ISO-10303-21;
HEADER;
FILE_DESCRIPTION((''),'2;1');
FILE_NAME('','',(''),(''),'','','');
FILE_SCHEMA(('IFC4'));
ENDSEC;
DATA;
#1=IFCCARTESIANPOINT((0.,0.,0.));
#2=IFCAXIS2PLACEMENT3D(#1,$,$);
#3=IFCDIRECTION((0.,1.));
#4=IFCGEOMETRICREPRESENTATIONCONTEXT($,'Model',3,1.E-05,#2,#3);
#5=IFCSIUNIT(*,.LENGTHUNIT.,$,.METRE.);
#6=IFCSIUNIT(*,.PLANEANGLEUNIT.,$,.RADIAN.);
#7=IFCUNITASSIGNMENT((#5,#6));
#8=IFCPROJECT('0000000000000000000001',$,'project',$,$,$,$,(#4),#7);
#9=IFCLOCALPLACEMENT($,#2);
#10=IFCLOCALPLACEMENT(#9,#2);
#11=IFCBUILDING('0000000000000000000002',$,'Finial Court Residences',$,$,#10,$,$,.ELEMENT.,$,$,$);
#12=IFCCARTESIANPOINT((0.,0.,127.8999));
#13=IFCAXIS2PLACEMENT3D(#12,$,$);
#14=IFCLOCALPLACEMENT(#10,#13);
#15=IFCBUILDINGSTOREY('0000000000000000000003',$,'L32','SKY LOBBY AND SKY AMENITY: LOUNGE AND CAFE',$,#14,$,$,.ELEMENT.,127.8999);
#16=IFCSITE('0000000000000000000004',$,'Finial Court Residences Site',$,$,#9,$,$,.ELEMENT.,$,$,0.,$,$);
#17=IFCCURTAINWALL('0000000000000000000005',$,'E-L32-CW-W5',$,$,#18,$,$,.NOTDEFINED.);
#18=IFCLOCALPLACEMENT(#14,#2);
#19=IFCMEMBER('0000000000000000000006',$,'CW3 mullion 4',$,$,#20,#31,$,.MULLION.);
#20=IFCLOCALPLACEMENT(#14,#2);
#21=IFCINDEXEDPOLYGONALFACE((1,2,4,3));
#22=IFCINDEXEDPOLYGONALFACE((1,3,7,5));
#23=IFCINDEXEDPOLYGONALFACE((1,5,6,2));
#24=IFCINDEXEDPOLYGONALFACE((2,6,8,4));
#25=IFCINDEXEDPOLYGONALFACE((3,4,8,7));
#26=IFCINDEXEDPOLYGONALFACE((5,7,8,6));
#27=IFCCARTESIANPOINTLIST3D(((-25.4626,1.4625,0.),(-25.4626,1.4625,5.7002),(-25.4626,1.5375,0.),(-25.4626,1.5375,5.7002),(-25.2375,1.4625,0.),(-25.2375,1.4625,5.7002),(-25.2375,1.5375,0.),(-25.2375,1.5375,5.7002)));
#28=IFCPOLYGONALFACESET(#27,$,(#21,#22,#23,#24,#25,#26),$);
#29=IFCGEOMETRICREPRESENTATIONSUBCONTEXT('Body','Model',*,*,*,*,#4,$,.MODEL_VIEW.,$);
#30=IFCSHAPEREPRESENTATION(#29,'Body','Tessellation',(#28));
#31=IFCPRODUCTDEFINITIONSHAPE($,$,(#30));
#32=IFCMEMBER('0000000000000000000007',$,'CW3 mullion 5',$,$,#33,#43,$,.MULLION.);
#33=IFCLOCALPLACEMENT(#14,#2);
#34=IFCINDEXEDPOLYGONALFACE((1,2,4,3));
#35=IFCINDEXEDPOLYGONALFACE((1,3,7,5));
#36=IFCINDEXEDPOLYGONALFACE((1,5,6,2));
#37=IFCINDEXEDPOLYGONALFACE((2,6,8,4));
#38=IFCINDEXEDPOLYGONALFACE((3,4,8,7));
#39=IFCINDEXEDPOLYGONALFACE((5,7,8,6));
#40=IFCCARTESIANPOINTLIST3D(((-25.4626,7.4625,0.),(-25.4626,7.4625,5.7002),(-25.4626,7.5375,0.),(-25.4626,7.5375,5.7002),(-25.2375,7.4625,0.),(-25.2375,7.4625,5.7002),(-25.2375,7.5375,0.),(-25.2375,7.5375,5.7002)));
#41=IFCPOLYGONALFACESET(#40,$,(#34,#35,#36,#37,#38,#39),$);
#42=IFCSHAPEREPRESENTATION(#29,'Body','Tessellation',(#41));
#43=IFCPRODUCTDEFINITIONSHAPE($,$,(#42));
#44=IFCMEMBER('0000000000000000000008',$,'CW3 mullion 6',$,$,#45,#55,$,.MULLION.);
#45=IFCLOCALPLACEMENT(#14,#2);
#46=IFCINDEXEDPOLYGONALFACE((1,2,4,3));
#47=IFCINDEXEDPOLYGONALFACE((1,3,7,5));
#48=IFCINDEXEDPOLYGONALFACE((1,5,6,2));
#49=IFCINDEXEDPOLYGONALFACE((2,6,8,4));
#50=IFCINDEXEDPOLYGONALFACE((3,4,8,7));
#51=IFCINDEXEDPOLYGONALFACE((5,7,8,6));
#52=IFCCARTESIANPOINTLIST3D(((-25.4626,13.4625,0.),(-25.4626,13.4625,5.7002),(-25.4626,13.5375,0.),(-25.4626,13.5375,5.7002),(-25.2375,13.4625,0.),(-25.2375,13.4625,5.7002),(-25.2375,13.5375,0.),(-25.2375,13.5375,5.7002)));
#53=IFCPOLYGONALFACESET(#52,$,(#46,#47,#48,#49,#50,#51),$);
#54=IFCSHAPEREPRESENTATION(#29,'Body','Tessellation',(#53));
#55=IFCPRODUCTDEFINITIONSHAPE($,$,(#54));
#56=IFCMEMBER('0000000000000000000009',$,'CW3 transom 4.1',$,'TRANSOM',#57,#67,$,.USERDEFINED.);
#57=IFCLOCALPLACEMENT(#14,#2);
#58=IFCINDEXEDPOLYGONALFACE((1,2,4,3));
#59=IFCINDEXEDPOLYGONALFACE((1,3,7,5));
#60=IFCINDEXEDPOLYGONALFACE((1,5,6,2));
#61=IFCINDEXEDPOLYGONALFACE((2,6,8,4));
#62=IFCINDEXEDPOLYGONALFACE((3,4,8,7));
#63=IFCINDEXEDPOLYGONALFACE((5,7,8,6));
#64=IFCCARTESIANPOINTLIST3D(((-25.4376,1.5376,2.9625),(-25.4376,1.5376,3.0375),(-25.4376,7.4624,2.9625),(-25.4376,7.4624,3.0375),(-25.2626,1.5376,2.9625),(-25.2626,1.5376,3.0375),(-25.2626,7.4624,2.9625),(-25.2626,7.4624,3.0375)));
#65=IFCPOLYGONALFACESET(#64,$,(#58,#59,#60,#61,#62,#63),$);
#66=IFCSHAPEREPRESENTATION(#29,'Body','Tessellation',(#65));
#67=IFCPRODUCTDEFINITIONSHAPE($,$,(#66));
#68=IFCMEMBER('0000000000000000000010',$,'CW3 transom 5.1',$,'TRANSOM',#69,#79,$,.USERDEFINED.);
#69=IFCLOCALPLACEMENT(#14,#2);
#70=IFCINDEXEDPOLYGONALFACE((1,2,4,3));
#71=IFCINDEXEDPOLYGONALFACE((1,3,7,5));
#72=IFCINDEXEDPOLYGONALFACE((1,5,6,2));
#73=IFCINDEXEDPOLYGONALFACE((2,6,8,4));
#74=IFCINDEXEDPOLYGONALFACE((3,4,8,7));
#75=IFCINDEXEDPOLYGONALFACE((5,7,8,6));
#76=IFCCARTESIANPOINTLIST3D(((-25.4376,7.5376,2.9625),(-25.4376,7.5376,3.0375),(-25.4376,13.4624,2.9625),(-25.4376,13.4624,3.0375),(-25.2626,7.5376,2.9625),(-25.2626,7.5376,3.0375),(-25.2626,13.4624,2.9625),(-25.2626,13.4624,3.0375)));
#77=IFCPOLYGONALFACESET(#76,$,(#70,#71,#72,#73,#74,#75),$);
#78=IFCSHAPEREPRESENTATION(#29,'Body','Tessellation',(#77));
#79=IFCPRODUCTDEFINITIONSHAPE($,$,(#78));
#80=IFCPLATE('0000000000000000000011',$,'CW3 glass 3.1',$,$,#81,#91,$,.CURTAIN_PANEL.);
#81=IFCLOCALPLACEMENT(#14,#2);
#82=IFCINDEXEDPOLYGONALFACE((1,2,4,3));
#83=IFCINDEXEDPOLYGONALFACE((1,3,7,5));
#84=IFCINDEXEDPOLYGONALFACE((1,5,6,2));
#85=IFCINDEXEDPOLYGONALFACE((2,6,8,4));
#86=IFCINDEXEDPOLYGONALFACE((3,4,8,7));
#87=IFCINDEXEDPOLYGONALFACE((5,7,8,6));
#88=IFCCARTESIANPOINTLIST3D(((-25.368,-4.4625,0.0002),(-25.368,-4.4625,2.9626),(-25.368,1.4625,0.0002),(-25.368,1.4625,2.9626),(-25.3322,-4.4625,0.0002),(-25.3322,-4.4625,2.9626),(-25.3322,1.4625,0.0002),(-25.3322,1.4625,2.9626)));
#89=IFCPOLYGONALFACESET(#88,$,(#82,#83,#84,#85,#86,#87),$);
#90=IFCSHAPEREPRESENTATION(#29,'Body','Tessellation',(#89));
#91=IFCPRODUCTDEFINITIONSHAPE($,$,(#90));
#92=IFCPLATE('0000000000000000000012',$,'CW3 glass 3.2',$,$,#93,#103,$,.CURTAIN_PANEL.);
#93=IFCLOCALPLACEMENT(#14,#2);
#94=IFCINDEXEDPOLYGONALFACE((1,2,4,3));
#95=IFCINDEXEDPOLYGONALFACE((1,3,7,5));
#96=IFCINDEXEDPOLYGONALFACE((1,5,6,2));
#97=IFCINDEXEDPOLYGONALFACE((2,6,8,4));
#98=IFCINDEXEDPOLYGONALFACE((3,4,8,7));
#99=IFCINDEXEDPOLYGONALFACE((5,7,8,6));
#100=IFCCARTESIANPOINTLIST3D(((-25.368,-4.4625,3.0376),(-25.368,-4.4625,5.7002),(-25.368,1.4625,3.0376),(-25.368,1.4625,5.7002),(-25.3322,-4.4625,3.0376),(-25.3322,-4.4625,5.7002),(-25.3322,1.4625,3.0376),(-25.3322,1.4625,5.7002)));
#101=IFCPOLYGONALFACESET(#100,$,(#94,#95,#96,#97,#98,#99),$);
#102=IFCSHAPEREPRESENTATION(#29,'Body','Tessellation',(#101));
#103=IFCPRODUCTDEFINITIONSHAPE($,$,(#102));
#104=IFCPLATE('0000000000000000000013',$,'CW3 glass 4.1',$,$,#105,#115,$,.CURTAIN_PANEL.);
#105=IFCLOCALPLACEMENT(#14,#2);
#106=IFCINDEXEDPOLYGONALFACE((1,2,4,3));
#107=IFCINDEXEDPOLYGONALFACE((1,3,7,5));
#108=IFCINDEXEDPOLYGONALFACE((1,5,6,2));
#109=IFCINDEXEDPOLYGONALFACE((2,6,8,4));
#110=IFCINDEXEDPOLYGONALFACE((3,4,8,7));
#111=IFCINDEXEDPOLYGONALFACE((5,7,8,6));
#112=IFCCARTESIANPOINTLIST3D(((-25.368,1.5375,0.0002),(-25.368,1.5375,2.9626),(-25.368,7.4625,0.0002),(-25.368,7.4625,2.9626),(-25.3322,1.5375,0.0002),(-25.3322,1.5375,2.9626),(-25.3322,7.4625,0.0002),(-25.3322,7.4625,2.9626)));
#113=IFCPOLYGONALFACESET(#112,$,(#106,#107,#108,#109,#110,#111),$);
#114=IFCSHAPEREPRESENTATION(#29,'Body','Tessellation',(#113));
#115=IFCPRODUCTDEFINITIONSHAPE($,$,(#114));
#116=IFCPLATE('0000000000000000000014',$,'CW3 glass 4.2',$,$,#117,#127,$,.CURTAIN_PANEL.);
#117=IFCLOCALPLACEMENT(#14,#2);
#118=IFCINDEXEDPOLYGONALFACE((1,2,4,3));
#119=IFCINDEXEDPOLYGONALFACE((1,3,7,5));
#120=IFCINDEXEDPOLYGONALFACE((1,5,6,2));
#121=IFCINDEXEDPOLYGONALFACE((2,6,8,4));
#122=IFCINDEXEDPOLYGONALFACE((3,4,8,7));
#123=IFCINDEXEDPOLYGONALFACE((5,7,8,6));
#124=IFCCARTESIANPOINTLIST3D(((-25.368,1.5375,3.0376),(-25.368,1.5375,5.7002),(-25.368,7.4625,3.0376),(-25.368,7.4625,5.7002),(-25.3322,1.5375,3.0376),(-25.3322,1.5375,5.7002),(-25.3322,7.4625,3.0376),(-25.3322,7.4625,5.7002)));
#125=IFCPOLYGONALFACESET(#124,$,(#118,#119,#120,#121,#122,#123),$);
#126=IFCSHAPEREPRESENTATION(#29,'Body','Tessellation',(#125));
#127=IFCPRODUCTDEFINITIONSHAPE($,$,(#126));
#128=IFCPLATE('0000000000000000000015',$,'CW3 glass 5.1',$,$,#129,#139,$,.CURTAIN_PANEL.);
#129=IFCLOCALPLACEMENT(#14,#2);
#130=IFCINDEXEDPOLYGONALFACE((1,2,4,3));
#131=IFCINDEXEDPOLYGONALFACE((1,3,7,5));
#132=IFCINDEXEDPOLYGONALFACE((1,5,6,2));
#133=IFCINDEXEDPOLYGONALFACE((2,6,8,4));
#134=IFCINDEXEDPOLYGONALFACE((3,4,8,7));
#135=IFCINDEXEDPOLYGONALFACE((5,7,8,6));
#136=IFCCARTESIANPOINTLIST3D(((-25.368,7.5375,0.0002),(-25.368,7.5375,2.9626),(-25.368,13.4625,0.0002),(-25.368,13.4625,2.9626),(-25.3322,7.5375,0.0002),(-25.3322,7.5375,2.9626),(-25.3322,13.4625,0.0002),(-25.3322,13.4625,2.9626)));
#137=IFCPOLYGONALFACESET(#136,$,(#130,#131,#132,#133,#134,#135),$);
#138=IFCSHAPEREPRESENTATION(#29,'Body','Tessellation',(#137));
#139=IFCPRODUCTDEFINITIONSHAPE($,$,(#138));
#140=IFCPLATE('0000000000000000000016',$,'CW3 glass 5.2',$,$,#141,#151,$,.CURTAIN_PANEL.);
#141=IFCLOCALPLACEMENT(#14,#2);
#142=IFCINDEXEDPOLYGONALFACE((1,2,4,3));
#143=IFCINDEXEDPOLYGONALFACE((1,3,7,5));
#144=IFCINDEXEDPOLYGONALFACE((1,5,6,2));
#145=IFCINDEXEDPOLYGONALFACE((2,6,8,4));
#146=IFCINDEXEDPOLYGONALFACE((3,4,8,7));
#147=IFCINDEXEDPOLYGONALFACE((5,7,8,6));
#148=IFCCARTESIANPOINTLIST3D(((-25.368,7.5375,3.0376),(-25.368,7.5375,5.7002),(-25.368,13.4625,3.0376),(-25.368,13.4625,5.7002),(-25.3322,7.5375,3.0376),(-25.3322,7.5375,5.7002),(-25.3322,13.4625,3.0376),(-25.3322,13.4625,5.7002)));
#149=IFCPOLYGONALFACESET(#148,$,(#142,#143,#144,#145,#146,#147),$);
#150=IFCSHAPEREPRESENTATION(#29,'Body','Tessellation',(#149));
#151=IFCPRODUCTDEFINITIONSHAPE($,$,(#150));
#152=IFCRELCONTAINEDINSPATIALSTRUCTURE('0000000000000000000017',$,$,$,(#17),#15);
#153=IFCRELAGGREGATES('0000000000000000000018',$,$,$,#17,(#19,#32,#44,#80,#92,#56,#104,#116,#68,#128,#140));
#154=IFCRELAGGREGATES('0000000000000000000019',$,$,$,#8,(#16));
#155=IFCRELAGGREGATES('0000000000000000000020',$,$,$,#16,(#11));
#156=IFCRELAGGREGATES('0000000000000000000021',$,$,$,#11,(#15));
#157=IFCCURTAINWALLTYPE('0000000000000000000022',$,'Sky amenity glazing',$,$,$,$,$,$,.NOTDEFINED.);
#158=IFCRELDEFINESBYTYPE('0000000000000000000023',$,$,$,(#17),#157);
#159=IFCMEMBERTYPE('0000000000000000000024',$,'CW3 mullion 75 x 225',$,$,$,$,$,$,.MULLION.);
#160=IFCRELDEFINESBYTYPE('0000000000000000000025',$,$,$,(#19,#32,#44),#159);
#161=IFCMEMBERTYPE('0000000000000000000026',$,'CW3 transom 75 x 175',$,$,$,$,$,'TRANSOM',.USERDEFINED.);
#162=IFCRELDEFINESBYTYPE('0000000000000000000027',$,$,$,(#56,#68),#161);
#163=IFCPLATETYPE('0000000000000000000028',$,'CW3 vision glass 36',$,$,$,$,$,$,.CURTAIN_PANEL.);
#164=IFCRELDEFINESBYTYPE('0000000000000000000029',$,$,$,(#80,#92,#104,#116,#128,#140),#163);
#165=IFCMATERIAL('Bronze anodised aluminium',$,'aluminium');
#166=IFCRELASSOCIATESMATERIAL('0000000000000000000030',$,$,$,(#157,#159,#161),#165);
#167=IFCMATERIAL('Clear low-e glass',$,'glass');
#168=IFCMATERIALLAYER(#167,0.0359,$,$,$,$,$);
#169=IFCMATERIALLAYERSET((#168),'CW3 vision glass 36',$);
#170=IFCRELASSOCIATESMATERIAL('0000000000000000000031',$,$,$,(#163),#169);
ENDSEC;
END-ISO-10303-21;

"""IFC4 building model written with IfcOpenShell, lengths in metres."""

from ifc_helpers import new_model, si_unit, direction, frame, origin, origin_2d, place, context, subcontext, project, spatial, rectangle, extrude, material, layer, layer_set, material_profile, profile_set, type_object, element, aggregate, save


model = new_model("IFC4")

# Units and contexts
model_context = context("Model", 3, precision=1e-05, world=origin(), true_north=direction((0.0, 1.0)))
body_context = subcontext(model_context, "Body", "Model", "MODEL_VIEW")
ifc_project = project(units=[si_unit("LENGTHUNIT", "METRE"), si_unit("PLANEANGLEUNIT", "RADIAN")], contexts=[model_context])

# Site, building, storey
site_placement = place(None, origin())
site = spatial("IfcSite", under=ifc_project, at=site_placement, Name="Finial Court Residences Site", CompositionType="ELEMENT", RefElevation=0.0)
building_placement = place(site_placement, origin())
building = spatial("IfcBuilding", under=site, at=building_placement, Name="Finial Court Residences", CompositionType="ELEMENT")
storey_placement = place(building_placement, frame((0.0, 0.0, 127.8999)))
storey = spatial("IfcBuildingStorey", under=building, at=storey_placement, Name="L32", Description="SKY LOBBY AND SKY AMENITY: LOUNGE AND CAFE", CompositionType="ELEMENT", Elevation=127.8999)

# Curtain wall, members, plates
ifc_material_1 = material(Name="Bronze anodised aluminium", Category="aluminium")
curtain_wall_type = type_object("IfcCurtainWallType", Name="Sky amenity glazing", PredefinedType="NOTDEFINED", material=ifc_material_1)
curtain_wall_placement = place(storey_placement, origin())
curtain_wall = element("IfcCurtainWall", 1, at=curtain_wall_placement, inside=storey, type_object=curtain_wall_type, Name="E-L32-CW-W5", PredefinedType="NOTDEFINED")
ifc_material_profile_1 = material_profile(ifc_material_1, rectangle(XDim=0.2251, YDim=0.075, at=origin_2d()), Name="CW3 mullion 75 x 225")
ifc_profile_set_1 = profile_set([ifc_material_profile_1], Name="Bronze anodised aluminium")
member_type_1 = type_object("IfcMemberType", Name="CW3 mullion 75 x 225", PredefinedType="MULLION", material=ifc_profile_set_1)
member_1_placement = place(storey_placement, frame((-25.3501, 1.5, 0.0), z_axis=(0.0, 0.0, 1.0), x_axis=(-1.0, 0.0, 0.0)))
member_1 = element("IfcMember", 2, at=member_1_placement, type_object=member_type_1, Name="CW3 mullion 4", PredefinedType="MULLION", context=body_context, shape_type="SweptSolid", body=[
    extrude(rectangle(XDim=0.2251, YDim=0.075, at=origin_2d()), origin(), (0.0, 0.0, 1.0), 5.7002),
])
member_2_placement = place(storey_placement, frame((-25.3501, 7.5, 0.0), z_axis=(0.0, 0.0, 1.0), x_axis=(-1.0, 0.0, 0.0)))
member_2 = element("IfcMember", 3, at=member_2_placement, type_object=member_type_1, Name="CW3 mullion 5", PredefinedType="MULLION", context=body_context, shape_type="SweptSolid", body=[
    extrude(rectangle(XDim=0.2251, YDim=0.075, at=origin_2d()), origin(), (0.0, 0.0, 1.0), 5.7002),
])
member_3_placement = place(storey_placement, frame((-25.3501, 13.5, 0.0), z_axis=(0.0, 0.0, 1.0), x_axis=(-1.0, 0.0, 0.0)))
member_3 = element("IfcMember", 4, at=member_3_placement, type_object=member_type_1, Name="CW3 mullion 6", PredefinedType="MULLION", context=body_context, shape_type="SweptSolid", body=[
    extrude(rectangle(XDim=0.2251, YDim=0.075, at=origin_2d()), origin(), (0.0, 0.0, 1.0), 5.7002),
])
ifc_material_profile_2 = material_profile(ifc_material_1, rectangle(XDim=0.175, YDim=0.075, at=origin_2d()), Name="CW3 transom 75 x 175")
ifc_profile_set_2 = profile_set([ifc_material_profile_2], Name="Bronze anodised aluminium")
member_type_2 = type_object("IfcMemberType", Name="CW3 transom 75 x 175", ElementType="TRANSOM", PredefinedType="USERDEFINED", material=ifc_profile_set_2)
member_4_placement = place(storey_placement, frame((-25.3501, 1.5376, 3.0), z_axis=(0.0, 1.0, 0.0), x_axis=(-1.0, 0.0, 0.0)))
member_4 = element("IfcMember", 5, at=member_4_placement, type_object=member_type_2, Name="CW3 transom 4.1", ObjectType="TRANSOM", PredefinedType="USERDEFINED", context=body_context, shape_type="SweptSolid", body=[
    extrude(rectangle(XDim=0.175, YDim=0.075, at=origin_2d()), origin(), (0.0, 0.0, 1.0), 5.9248),
])
member_5_placement = place(storey_placement, frame((-25.3501, 7.5376, 3.0), z_axis=(0.0, 1.0, 0.0), x_axis=(-1.0, 0.0, 0.0)))
member_5 = element("IfcMember", 6, at=member_5_placement, type_object=member_type_2, Name="CW3 transom 5.1", ObjectType="TRANSOM", PredefinedType="USERDEFINED", context=body_context, shape_type="SweptSolid", body=[
    extrude(rectangle(XDim=0.175, YDim=0.075, at=origin_2d()), origin(), (0.0, 0.0, 1.0), 5.9248),
])
ifc_material_2 = material(Name="Clear low-e glass", Category="glass")
ifc_layer_1 = layer(ifc_material_2, 0.0359)
ifc_layer_set_1 = layer_set([ifc_layer_1], Name="CW3 vision glass 36")
plate_type = type_object("IfcPlateType", Name="CW3 vision glass 36", PredefinedType="CURTAIN_PANEL", material=ifc_layer_set_1)
plate_1_placement = place(storey_placement, frame((-25.3501, -1.5, 0.0002), z_axis=(0.0, 0.0, 1.0), x_axis=(0.0, 1.0, 0.0)))
plate_1 = element("IfcPlate", 7, at=plate_1_placement, type_object=plate_type, Name="CW3 glass 3.1", PredefinedType="CURTAIN_PANEL", context=body_context, shape_type="SweptSolid", body=[
    extrude(rectangle(XDim=5.925, YDim=0.0359, at=origin_2d()), origin(), (0.0, 0.0, 1.0), 2.9624),
])
plate_2_placement = place(storey_placement, frame((-25.3501, -1.5, 3.0376), z_axis=(0.0, 0.0, 1.0), x_axis=(0.0, 1.0, 0.0)))
plate_2 = element("IfcPlate", 8, at=plate_2_placement, type_object=plate_type, Name="CW3 glass 3.2", PredefinedType="CURTAIN_PANEL", context=body_context, shape_type="SweptSolid", body=[
    extrude(rectangle(XDim=5.925, YDim=0.0359, at=origin_2d()), origin(), (0.0, 0.0, 1.0), 2.6626),
])
plate_3_placement = place(storey_placement, frame((-25.3501, 4.5, 0.0002), z_axis=(0.0, 0.0, 1.0), x_axis=(0.0, 1.0, 0.0)))
plate_3 = element("IfcPlate", 9, at=plate_3_placement, type_object=plate_type, Name="CW3 glass 4.1", PredefinedType="CURTAIN_PANEL", context=body_context, shape_type="SweptSolid", body=[
    extrude(rectangle(XDim=5.925, YDim=0.0359, at=origin_2d()), origin(), (0.0, 0.0, 1.0), 2.9624),
])
plate_4_placement = place(storey_placement, frame((-25.3501, 4.5, 3.0376), z_axis=(0.0, 0.0, 1.0), x_axis=(0.0, 1.0, 0.0)))
plate_4 = element("IfcPlate", 10, at=plate_4_placement, type_object=plate_type, Name="CW3 glass 4.2", PredefinedType="CURTAIN_PANEL", context=body_context, shape_type="SweptSolid", body=[
    extrude(rectangle(XDim=5.925, YDim=0.0359, at=origin_2d()), origin(), (0.0, 0.0, 1.0), 2.6626),
])
plate_5_placement = place(storey_placement, frame((-25.3501, 10.5, 0.0002), z_axis=(0.0, 0.0, 1.0), x_axis=(0.0, 1.0, 0.0)))
plate_5 = element("IfcPlate", 11, at=plate_5_placement, type_object=plate_type, Name="CW3 glass 5.1", PredefinedType="CURTAIN_PANEL", context=body_context, shape_type="SweptSolid", body=[
    extrude(rectangle(XDim=5.925, YDim=0.0359, at=origin_2d()), origin(), (0.0, 0.0, 1.0), 2.9624),
])
plate_6_placement = place(storey_placement, frame((-25.3501, 10.5, 3.0376), z_axis=(0.0, 0.0, 1.0), x_axis=(0.0, 1.0, 0.0)))
plate_6 = element("IfcPlate", 12, at=plate_6_placement, type_object=plate_type, Name="CW3 glass 5.2", PredefinedType="CURTAIN_PANEL", context=body_context, shape_type="SweptSolid", body=[
    extrude(rectangle(XDim=5.925, YDim=0.0359, at=origin_2d()), origin(), (0.0, 0.0, 1.0), 2.6626),
])
aggregate(curtain_wall, [member_1, member_2, member_3, plate_1, plate_2, member_4, plate_3, plate_4, member_5, plate_5, plate_6])

save(model, "model.ifc")
